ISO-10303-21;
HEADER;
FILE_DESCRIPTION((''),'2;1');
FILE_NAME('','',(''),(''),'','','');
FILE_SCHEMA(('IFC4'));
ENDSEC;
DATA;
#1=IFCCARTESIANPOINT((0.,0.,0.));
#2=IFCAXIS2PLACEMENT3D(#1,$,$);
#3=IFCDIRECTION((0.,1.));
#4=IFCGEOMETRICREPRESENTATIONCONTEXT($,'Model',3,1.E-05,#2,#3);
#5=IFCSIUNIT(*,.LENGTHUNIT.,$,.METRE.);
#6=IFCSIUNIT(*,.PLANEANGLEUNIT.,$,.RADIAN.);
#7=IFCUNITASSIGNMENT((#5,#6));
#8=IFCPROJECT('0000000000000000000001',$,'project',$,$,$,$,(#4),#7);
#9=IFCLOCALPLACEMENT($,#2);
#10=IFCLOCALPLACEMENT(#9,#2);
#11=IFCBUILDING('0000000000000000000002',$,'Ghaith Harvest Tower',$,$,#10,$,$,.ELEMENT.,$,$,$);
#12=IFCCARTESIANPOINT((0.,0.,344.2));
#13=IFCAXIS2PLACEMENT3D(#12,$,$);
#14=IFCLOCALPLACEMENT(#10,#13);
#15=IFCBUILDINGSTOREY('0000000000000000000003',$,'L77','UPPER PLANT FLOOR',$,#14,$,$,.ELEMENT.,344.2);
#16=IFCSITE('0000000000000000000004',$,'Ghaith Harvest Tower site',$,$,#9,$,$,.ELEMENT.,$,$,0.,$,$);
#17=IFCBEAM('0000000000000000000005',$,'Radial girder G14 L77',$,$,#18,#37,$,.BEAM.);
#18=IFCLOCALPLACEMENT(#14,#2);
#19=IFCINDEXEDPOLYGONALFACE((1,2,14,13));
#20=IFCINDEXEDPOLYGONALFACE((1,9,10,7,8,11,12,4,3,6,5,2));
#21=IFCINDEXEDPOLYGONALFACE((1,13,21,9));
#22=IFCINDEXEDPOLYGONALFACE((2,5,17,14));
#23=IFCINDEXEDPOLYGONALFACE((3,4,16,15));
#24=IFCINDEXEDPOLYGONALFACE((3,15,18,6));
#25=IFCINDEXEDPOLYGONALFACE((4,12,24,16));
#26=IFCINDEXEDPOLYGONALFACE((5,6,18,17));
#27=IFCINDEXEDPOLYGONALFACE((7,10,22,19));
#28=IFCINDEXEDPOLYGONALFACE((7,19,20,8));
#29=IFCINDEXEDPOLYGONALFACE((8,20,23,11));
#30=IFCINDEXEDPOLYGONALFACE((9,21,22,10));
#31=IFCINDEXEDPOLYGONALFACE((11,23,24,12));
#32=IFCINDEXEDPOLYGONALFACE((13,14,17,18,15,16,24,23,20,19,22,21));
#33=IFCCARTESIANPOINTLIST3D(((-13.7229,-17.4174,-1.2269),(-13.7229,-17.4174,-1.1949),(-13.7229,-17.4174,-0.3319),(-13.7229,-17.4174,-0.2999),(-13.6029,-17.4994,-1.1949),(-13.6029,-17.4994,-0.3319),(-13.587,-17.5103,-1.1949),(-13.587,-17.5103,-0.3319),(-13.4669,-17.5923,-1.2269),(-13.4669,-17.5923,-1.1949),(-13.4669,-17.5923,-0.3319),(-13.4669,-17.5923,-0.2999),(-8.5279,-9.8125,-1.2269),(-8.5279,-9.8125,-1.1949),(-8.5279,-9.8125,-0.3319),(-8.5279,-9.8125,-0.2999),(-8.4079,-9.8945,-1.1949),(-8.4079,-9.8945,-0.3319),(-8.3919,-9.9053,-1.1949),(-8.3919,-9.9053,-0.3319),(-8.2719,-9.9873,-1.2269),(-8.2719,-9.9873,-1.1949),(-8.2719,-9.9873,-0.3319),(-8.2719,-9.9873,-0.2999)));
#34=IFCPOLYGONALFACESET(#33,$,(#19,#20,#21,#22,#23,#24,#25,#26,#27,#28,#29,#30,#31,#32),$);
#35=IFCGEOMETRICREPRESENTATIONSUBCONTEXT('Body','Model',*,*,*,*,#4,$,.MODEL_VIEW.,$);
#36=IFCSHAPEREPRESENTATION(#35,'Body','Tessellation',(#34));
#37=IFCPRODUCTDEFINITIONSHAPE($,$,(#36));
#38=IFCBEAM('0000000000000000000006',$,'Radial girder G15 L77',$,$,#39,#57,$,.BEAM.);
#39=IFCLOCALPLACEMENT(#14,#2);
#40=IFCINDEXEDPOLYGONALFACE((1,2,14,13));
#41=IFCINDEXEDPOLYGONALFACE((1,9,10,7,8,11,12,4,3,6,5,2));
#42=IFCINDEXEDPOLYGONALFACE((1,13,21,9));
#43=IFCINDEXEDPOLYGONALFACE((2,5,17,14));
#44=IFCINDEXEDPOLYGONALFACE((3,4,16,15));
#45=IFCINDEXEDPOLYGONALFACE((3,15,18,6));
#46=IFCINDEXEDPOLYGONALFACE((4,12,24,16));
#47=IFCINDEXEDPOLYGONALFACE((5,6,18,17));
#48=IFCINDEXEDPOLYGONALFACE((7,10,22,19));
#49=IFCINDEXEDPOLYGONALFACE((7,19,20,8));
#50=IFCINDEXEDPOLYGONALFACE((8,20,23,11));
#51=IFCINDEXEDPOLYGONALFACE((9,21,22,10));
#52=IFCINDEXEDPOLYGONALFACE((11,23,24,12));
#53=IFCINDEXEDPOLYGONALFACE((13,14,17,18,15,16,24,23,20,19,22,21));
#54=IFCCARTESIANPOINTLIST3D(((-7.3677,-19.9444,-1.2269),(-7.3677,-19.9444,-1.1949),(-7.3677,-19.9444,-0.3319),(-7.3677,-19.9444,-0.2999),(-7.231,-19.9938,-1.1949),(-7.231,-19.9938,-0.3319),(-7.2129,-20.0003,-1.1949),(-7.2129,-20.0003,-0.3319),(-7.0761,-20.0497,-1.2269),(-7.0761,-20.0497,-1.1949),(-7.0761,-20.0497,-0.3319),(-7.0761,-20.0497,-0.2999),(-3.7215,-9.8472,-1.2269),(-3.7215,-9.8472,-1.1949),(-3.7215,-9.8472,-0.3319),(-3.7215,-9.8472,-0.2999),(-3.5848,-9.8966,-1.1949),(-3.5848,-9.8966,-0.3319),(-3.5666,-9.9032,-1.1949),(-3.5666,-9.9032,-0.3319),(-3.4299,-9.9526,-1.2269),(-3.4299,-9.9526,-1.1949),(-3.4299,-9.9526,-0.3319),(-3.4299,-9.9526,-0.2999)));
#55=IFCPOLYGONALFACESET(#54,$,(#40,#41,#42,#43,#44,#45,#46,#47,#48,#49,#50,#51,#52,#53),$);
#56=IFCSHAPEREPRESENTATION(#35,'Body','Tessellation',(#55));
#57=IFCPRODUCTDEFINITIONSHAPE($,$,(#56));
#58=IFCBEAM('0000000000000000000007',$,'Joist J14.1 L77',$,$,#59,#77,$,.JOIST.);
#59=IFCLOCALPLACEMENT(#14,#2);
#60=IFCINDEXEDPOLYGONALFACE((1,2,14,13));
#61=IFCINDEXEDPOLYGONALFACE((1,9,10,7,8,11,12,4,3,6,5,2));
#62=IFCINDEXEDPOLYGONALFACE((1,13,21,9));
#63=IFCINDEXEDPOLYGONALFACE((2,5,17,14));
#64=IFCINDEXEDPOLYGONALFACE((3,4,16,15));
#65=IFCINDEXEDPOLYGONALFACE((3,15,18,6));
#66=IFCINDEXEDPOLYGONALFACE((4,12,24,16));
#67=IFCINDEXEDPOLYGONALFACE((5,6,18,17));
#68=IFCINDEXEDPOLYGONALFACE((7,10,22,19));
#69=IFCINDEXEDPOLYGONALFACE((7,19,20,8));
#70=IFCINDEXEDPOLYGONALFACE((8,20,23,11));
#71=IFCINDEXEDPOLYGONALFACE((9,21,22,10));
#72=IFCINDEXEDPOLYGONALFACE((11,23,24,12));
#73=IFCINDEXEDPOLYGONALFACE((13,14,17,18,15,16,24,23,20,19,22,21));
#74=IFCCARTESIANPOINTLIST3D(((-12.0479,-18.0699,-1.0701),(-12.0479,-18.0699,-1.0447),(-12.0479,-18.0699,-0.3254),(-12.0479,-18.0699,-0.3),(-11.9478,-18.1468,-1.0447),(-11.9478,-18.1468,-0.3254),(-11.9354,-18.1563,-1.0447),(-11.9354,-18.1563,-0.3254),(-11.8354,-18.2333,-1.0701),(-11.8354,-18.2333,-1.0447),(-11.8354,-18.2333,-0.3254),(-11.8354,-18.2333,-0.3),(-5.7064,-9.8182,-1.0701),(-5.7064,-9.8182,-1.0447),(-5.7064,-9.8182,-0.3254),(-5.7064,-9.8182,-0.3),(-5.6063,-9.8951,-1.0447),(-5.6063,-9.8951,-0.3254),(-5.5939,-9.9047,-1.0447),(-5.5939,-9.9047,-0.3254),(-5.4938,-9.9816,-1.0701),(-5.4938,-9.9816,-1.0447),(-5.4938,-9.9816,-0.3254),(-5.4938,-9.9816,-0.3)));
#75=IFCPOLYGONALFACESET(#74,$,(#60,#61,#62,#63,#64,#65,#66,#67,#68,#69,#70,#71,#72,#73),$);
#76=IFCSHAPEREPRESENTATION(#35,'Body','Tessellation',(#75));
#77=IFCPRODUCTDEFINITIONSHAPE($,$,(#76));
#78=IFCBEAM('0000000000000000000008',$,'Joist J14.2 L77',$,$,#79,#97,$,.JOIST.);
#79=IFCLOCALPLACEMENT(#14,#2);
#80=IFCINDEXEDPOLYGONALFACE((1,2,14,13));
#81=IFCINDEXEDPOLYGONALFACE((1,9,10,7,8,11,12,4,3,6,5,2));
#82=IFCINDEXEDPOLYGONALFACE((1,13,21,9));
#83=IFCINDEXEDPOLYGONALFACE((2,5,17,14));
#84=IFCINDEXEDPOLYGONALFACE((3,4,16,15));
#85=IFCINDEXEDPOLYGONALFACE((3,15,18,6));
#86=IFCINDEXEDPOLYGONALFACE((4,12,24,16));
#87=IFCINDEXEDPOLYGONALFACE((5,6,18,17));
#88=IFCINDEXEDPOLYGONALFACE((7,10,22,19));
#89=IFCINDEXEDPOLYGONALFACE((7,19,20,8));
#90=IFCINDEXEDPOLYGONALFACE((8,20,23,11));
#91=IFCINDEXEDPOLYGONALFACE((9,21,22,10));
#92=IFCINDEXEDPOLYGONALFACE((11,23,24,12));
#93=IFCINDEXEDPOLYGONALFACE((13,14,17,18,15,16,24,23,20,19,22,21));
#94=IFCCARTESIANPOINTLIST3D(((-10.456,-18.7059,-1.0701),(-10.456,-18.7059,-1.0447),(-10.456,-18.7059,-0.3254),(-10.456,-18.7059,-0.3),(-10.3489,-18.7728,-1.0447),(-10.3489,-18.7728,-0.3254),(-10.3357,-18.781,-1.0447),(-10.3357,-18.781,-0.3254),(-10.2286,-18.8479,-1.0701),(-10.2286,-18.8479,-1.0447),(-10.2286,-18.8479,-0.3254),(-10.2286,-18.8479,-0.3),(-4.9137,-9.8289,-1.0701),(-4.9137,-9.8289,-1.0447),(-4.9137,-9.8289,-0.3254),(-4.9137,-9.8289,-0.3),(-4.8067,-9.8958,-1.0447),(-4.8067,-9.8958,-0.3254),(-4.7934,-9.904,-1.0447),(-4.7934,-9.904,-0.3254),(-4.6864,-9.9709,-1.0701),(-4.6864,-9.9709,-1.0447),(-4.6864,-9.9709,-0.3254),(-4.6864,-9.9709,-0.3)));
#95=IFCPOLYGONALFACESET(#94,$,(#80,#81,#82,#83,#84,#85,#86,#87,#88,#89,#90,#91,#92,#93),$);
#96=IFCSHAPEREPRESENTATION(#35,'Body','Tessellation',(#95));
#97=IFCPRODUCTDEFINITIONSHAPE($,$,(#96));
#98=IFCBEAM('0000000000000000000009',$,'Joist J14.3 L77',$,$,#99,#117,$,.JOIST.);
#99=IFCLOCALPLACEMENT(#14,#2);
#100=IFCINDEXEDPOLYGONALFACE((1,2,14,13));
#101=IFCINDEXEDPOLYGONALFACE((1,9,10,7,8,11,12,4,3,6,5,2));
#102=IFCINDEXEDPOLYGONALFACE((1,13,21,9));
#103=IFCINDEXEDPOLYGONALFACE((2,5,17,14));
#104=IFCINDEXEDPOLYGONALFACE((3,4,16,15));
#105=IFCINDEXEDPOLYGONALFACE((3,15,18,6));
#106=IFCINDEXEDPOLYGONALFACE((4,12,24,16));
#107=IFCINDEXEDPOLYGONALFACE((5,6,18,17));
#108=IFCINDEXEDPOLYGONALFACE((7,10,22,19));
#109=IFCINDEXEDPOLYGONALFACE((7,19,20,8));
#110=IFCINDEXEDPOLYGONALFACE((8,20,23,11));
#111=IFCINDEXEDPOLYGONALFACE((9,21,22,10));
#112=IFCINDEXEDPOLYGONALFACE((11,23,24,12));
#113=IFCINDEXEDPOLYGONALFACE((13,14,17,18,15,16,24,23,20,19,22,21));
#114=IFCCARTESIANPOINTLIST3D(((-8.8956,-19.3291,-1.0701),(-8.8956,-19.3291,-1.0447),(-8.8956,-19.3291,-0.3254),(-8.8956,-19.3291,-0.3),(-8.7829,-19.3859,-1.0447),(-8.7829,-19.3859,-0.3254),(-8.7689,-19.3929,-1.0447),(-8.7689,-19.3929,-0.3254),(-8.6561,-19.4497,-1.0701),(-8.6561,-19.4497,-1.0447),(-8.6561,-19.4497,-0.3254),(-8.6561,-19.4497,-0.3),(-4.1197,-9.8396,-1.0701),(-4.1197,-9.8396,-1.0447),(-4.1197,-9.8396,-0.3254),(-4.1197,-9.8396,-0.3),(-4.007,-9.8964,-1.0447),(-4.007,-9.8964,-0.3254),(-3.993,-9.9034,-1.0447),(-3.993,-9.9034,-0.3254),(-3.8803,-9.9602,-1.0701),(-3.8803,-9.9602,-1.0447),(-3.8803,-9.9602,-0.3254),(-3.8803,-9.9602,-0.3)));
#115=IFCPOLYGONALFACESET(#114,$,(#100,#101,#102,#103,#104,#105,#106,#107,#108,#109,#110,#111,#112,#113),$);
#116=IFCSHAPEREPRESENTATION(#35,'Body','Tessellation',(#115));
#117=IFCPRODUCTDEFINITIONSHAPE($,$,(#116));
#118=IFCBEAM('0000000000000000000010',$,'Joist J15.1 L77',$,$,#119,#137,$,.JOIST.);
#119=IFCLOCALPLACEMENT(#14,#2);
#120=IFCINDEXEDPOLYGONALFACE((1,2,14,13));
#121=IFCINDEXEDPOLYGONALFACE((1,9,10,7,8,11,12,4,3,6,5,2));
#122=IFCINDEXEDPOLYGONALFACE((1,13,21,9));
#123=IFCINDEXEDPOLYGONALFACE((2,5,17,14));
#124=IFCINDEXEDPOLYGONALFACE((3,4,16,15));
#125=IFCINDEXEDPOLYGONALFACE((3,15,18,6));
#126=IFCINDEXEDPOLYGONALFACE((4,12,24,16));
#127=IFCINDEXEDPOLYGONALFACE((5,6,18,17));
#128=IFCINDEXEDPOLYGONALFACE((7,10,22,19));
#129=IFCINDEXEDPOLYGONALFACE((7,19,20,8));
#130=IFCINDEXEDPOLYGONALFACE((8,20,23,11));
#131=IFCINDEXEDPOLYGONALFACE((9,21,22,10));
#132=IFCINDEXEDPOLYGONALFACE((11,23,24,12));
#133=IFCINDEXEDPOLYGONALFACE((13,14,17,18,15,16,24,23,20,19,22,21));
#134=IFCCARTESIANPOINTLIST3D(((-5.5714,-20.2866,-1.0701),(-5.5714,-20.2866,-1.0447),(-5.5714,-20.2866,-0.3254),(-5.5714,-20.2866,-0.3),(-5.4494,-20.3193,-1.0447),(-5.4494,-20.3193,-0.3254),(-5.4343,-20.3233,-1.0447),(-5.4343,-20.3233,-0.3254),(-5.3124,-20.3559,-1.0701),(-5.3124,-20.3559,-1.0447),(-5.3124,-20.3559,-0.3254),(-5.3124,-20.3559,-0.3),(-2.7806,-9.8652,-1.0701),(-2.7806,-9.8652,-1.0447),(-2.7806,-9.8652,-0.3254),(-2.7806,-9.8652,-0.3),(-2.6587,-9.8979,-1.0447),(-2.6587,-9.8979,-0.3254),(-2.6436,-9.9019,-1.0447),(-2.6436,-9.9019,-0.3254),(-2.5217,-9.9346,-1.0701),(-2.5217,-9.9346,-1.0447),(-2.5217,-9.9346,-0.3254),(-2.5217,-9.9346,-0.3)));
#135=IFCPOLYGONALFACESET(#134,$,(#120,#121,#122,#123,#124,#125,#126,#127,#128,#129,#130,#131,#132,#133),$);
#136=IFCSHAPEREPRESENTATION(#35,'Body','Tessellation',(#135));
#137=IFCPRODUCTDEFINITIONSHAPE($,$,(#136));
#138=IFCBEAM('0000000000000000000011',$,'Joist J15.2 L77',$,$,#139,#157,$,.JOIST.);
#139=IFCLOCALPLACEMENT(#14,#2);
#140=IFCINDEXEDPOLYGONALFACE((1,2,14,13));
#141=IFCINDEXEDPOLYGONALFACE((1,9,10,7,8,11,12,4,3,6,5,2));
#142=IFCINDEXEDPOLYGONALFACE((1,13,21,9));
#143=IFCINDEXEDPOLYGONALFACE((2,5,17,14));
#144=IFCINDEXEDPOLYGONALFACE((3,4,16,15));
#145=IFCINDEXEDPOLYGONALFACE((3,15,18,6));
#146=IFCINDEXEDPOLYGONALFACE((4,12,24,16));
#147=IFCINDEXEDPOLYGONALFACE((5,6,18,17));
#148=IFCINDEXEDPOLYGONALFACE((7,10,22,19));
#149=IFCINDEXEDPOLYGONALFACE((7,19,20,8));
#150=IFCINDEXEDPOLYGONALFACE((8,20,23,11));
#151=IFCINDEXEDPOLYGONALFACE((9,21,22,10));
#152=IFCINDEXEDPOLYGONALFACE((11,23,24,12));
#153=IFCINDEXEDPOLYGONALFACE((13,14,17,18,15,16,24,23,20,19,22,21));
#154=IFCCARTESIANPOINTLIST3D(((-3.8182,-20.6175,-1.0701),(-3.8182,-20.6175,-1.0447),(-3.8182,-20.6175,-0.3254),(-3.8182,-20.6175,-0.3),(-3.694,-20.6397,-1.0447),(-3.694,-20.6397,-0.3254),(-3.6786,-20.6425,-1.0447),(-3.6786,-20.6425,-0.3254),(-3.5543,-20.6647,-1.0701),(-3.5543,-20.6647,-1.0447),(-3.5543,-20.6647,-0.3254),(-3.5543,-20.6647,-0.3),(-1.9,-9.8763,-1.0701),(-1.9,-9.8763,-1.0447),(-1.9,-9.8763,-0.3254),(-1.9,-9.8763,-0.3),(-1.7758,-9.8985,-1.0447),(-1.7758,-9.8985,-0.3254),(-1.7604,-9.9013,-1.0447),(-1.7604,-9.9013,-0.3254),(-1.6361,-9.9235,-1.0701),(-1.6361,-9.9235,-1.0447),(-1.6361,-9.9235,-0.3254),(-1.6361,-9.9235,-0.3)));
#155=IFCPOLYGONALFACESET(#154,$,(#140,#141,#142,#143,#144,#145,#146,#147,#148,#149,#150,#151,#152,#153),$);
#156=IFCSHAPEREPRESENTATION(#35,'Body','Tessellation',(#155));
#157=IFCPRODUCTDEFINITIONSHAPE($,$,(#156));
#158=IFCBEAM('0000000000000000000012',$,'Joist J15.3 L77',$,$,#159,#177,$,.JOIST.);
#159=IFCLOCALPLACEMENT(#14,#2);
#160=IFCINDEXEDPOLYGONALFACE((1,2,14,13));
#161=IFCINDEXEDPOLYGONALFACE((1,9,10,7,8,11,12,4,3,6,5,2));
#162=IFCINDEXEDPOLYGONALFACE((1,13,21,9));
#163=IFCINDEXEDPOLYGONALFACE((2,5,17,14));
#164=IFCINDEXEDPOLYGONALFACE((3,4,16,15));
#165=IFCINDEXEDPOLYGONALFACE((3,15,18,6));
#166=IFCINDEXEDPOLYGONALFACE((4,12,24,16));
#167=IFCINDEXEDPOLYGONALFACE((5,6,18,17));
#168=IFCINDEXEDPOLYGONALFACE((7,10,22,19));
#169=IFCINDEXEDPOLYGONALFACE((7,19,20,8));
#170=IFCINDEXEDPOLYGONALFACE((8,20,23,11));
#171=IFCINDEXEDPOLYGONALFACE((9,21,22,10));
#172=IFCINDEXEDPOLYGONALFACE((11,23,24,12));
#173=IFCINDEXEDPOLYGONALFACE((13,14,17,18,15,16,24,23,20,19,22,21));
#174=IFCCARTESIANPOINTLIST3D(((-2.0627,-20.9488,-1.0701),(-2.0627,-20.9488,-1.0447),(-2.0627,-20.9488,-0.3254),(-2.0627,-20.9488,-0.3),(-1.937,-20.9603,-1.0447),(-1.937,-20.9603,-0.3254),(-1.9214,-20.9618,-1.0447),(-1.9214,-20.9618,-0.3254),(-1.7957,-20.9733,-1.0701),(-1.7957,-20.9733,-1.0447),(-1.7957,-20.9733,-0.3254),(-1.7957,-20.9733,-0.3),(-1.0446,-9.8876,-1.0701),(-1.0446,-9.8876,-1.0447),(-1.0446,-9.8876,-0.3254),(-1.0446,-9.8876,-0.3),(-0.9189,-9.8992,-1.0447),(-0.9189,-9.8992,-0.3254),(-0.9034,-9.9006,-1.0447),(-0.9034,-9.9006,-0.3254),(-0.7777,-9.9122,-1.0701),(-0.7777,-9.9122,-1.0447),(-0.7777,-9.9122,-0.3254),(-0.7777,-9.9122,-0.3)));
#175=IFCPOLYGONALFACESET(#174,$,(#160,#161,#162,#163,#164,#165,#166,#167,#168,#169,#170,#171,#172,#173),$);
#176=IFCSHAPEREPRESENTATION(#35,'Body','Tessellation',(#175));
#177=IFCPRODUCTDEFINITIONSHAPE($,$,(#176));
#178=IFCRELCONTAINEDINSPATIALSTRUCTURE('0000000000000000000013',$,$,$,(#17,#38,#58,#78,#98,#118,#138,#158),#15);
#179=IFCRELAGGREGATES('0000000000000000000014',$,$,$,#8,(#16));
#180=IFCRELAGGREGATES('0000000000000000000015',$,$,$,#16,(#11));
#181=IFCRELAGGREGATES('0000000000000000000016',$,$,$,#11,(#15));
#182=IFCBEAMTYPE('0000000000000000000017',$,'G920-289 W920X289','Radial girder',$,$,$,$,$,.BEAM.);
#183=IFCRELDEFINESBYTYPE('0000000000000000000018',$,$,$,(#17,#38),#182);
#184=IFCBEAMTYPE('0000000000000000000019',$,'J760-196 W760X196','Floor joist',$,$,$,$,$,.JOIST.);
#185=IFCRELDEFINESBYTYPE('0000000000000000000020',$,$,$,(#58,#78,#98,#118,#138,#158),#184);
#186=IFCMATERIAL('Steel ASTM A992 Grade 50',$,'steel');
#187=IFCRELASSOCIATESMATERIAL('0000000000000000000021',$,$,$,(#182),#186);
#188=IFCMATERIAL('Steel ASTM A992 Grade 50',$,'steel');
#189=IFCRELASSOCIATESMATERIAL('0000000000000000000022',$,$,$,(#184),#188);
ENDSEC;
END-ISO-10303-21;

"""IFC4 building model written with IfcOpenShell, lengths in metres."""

from ifc_helpers import new_model, si_unit, direction, frame, origin, origin_2d, place, context, subcontext, project, spatial, i_section, extrude, material, material_profile, profile_set, type_object, element, save


model = new_model("IFC4")

# Units and contexts
model_context = context("Model", 3, precision=1e-05, world=origin(), true_north=direction((0.0, 1.0)))
body_context = subcontext(model_context, "Body", "Model", "MODEL_VIEW")
ifc_project = project(units=[si_unit("LENGTHUNIT", "METRE"), si_unit("PLANEANGLEUNIT", "RADIAN")], contexts=[model_context])

# Site, building, storey
site_placement = place(None, origin())
site = spatial("IfcSite", under=ifc_project, at=site_placement, Name="Ghaith Harvest Tower site", CompositionType="ELEMENT", RefElevation=0.0)
building_placement = place(site_placement, origin())
building = spatial("IfcBuilding", under=site, at=building_placement, Name="Ghaith Harvest Tower", CompositionType="ELEMENT")
storey_placement = place(building_placement, frame((0.0, 0.0, 344.2)))
storey = spatial("IfcBuildingStorey", under=building, at=storey_placement, Name="L77", Description="UPPER PLANT FLOOR", CompositionType="ELEMENT", Elevation=344.2)

# Beams
ifc_material_1 = material(Name="Steel ASTM A992 Grade 50", Category="steel")
ifc_material_profile_1 = material_profile(ifc_material_1, i_section(OverallWidth=0.3101, OverallDepth=0.927, WebThickness=0.0193, FlangeThickness=0.032, at=origin_2d()), Name="W920X289")
ifc_profile_set_1 = profile_set([ifc_material_profile_1], Name="Steel ASTM A992 Grade 50")
beam_type_1 = type_object("IfcBeamType", Name="G920-289 W920X289", Description="Radial girder", PredefinedType="BEAM", material=ifc_profile_set_1)
beam_1_placement = place(storey_placement, frame((-8.3999, -9.8999, -0.7634), z_axis=(-0.564067, -0.825729, 0.0), x_axis=(0.825729, -0.564067, 0.0)))
element("IfcBeam", 1, at=beam_1_placement, inside=storey, type_object=beam_type_1, Name="Radial girder G14 L77", PredefinedType="BEAM", context=body_context, shape_type="SweptSolid", body=[
    extrude(i_section(OverallWidth=0.3101, OverallDepth=0.927, WebThickness=0.0193, FlangeThickness=0.032, at=origin_2d()), origin(), (0.0, 0.0, 1.0), 9.21),
])
beam_2_placement = place(storey_placement, frame((-3.5757, -9.8999, -0.7634), z_axis=(-0.339648, -0.940553, 0.0), x_axis=(0.940553, -0.339648, 0.0)))
element("IfcBeam", 2, at=beam_2_placement, inside=storey, type_object=beam_type_1, Name="Radial girder G15 L77", PredefinedType="BEAM", context=body_context, shape_type="SweptSolid", body=[
    extrude(i_section(OverallWidth=0.3101, OverallDepth=0.927, WebThickness=0.0193, FlangeThickness=0.032, at=origin_2d()), origin(), (0.0, 0.0, 1.0), 10.7354),
])
ifc_material_2 = material(Name="Steel ASTM A992 Grade 50", Category="steel")
ifc_material_profile_2 = material_profile(ifc_material_2, i_section(OverallWidth=0.2681, OverallDepth=0.77, WebThickness=0.0156, FlangeThickness=0.0254, at=origin_2d()), Name="W760X196")
ifc_profile_set_2 = profile_set([ifc_material_profile_2], Name="Steel ASTM A992 Grade 50")
beam_type_2 = type_object("IfcBeamType", Name="J760-196 W760X196", Description="Floor joist", PredefinedType="JOIST", material=ifc_profile_set_2)
beam_3_placement = place(storey_placement, frame((-5.6001, -9.8999, -0.6851), z_axis=(-0.609354, -0.792899, 0.0), x_axis=(0.792899, -0.609354, 0.0)))
element("IfcBeam", 3, at=beam_3_placement, inside=storey, type_object=beam_type_2, Name="Joist J14.1 L77", PredefinedType="JOIST", context=body_context, shape_type="SweptSolid", body=[
    extrude(i_section(OverallWidth=0.2681, OverallDepth=0.77, WebThickness=0.0156, FlangeThickness=0.0254, at=origin_2d()), origin(), (0.0, 0.0, 1.0), 10.407),
])
beam_4_placement = place(storey_placement, frame((-4.8, -9.8999, -0.6851), z_axis=(-0.529596, -0.84825, 0.0), x_axis=(0.84825, -0.529596, 0.0)))
element("IfcBeam", 4, at=beam_4_placement, inside=storey, type_object=beam_type_2, Name="Joist J14.2 L77", PredefinedType="JOIST", context=body_context, shape_type="SweptSolid", body=[
    extrude(i_section(OverallWidth=0.2681, OverallDepth=0.77, WebThickness=0.0156, FlangeThickness=0.0254, at=origin_2d()), origin(), (0.0, 0.0, 1.0), 10.4651),
])
beam_5_placement = place(storey_placement, frame((-4.0, -9.8999, -0.6851), z_axis=(-0.449556, -0.893252, 0.0), x_axis=(0.893252, -0.449556, 0.0)))
element("IfcBeam", 5, at=beam_5_placement, inside=storey, type_object=beam_type_2, Name="Joist J14.3 L77", PredefinedType="JOIST", context=body_context, shape_type="SweptSolid", body=[
    extrude(i_section(OverallWidth=0.2681, OverallDepth=0.77, WebThickness=0.0156, FlangeThickness=0.0254, at=origin_2d()), origin(), (0.0, 0.0, 1.0), 10.6235),
])
beam_6_placement = place(storey_placement, frame((-2.6511, -9.8999, -0.6851), z_axis=(-0.258678, -0.965964, 0.0), x_axis=(0.965964, -0.258678, 0.0)))
element("IfcBeam", 6, at=beam_6_placement, inside=storey, type_object=beam_type_2, Name="Joist J15.1 L77", PredefinedType="JOIST", context=body_context, shape_type="SweptSolid", body=[
    extrude(i_section(OverallWidth=0.2681, OverallDepth=0.77, WebThickness=0.0156, FlangeThickness=0.0254, at=origin_2d()), origin(), (0.0, 0.0, 1.0), 10.7886),
])
beam_7_placement = place(storey_placement, frame((-1.7681, -9.8999, -0.6851), z_axis=(-0.175803, -0.984425, 0.0), x_axis=(0.984425, -0.175803, 0.0)))
element("IfcBeam", 7, at=beam_7_placement, inside=storey, type_object=beam_type_2, Name="Joist J15.2 L77", PredefinedType="JOIST", context=body_context, shape_type="SweptSolid", body=[
    extrude(i_section(OverallWidth=0.2681, OverallDepth=0.77, WebThickness=0.0156, FlangeThickness=0.0254, at=origin_2d()), origin(), (0.0, 0.0, 1.0), 10.9111),
])
beam_8_placement = place(storey_placement, frame((-0.9111, -9.8999, -0.6851), z_axis=(-0.091651, -0.995791, 0.0), x_axis=(0.995791, -0.091651, 0.0)))
element("IfcBeam", 8, at=beam_8_placement, inside=storey, type_object=beam_type_2, Name="Joist J15.3 L77", PredefinedType="JOIST", context=body_context, shape_type="SweptSolid", body=[
    extrude(i_section(OverallWidth=0.2681, OverallDepth=0.77, WebThickness=0.0156, FlangeThickness=0.0254, at=origin_2d()), origin(), (0.0, 0.0, 1.0), 11.1079),
])

save(model, "model.ifc")
